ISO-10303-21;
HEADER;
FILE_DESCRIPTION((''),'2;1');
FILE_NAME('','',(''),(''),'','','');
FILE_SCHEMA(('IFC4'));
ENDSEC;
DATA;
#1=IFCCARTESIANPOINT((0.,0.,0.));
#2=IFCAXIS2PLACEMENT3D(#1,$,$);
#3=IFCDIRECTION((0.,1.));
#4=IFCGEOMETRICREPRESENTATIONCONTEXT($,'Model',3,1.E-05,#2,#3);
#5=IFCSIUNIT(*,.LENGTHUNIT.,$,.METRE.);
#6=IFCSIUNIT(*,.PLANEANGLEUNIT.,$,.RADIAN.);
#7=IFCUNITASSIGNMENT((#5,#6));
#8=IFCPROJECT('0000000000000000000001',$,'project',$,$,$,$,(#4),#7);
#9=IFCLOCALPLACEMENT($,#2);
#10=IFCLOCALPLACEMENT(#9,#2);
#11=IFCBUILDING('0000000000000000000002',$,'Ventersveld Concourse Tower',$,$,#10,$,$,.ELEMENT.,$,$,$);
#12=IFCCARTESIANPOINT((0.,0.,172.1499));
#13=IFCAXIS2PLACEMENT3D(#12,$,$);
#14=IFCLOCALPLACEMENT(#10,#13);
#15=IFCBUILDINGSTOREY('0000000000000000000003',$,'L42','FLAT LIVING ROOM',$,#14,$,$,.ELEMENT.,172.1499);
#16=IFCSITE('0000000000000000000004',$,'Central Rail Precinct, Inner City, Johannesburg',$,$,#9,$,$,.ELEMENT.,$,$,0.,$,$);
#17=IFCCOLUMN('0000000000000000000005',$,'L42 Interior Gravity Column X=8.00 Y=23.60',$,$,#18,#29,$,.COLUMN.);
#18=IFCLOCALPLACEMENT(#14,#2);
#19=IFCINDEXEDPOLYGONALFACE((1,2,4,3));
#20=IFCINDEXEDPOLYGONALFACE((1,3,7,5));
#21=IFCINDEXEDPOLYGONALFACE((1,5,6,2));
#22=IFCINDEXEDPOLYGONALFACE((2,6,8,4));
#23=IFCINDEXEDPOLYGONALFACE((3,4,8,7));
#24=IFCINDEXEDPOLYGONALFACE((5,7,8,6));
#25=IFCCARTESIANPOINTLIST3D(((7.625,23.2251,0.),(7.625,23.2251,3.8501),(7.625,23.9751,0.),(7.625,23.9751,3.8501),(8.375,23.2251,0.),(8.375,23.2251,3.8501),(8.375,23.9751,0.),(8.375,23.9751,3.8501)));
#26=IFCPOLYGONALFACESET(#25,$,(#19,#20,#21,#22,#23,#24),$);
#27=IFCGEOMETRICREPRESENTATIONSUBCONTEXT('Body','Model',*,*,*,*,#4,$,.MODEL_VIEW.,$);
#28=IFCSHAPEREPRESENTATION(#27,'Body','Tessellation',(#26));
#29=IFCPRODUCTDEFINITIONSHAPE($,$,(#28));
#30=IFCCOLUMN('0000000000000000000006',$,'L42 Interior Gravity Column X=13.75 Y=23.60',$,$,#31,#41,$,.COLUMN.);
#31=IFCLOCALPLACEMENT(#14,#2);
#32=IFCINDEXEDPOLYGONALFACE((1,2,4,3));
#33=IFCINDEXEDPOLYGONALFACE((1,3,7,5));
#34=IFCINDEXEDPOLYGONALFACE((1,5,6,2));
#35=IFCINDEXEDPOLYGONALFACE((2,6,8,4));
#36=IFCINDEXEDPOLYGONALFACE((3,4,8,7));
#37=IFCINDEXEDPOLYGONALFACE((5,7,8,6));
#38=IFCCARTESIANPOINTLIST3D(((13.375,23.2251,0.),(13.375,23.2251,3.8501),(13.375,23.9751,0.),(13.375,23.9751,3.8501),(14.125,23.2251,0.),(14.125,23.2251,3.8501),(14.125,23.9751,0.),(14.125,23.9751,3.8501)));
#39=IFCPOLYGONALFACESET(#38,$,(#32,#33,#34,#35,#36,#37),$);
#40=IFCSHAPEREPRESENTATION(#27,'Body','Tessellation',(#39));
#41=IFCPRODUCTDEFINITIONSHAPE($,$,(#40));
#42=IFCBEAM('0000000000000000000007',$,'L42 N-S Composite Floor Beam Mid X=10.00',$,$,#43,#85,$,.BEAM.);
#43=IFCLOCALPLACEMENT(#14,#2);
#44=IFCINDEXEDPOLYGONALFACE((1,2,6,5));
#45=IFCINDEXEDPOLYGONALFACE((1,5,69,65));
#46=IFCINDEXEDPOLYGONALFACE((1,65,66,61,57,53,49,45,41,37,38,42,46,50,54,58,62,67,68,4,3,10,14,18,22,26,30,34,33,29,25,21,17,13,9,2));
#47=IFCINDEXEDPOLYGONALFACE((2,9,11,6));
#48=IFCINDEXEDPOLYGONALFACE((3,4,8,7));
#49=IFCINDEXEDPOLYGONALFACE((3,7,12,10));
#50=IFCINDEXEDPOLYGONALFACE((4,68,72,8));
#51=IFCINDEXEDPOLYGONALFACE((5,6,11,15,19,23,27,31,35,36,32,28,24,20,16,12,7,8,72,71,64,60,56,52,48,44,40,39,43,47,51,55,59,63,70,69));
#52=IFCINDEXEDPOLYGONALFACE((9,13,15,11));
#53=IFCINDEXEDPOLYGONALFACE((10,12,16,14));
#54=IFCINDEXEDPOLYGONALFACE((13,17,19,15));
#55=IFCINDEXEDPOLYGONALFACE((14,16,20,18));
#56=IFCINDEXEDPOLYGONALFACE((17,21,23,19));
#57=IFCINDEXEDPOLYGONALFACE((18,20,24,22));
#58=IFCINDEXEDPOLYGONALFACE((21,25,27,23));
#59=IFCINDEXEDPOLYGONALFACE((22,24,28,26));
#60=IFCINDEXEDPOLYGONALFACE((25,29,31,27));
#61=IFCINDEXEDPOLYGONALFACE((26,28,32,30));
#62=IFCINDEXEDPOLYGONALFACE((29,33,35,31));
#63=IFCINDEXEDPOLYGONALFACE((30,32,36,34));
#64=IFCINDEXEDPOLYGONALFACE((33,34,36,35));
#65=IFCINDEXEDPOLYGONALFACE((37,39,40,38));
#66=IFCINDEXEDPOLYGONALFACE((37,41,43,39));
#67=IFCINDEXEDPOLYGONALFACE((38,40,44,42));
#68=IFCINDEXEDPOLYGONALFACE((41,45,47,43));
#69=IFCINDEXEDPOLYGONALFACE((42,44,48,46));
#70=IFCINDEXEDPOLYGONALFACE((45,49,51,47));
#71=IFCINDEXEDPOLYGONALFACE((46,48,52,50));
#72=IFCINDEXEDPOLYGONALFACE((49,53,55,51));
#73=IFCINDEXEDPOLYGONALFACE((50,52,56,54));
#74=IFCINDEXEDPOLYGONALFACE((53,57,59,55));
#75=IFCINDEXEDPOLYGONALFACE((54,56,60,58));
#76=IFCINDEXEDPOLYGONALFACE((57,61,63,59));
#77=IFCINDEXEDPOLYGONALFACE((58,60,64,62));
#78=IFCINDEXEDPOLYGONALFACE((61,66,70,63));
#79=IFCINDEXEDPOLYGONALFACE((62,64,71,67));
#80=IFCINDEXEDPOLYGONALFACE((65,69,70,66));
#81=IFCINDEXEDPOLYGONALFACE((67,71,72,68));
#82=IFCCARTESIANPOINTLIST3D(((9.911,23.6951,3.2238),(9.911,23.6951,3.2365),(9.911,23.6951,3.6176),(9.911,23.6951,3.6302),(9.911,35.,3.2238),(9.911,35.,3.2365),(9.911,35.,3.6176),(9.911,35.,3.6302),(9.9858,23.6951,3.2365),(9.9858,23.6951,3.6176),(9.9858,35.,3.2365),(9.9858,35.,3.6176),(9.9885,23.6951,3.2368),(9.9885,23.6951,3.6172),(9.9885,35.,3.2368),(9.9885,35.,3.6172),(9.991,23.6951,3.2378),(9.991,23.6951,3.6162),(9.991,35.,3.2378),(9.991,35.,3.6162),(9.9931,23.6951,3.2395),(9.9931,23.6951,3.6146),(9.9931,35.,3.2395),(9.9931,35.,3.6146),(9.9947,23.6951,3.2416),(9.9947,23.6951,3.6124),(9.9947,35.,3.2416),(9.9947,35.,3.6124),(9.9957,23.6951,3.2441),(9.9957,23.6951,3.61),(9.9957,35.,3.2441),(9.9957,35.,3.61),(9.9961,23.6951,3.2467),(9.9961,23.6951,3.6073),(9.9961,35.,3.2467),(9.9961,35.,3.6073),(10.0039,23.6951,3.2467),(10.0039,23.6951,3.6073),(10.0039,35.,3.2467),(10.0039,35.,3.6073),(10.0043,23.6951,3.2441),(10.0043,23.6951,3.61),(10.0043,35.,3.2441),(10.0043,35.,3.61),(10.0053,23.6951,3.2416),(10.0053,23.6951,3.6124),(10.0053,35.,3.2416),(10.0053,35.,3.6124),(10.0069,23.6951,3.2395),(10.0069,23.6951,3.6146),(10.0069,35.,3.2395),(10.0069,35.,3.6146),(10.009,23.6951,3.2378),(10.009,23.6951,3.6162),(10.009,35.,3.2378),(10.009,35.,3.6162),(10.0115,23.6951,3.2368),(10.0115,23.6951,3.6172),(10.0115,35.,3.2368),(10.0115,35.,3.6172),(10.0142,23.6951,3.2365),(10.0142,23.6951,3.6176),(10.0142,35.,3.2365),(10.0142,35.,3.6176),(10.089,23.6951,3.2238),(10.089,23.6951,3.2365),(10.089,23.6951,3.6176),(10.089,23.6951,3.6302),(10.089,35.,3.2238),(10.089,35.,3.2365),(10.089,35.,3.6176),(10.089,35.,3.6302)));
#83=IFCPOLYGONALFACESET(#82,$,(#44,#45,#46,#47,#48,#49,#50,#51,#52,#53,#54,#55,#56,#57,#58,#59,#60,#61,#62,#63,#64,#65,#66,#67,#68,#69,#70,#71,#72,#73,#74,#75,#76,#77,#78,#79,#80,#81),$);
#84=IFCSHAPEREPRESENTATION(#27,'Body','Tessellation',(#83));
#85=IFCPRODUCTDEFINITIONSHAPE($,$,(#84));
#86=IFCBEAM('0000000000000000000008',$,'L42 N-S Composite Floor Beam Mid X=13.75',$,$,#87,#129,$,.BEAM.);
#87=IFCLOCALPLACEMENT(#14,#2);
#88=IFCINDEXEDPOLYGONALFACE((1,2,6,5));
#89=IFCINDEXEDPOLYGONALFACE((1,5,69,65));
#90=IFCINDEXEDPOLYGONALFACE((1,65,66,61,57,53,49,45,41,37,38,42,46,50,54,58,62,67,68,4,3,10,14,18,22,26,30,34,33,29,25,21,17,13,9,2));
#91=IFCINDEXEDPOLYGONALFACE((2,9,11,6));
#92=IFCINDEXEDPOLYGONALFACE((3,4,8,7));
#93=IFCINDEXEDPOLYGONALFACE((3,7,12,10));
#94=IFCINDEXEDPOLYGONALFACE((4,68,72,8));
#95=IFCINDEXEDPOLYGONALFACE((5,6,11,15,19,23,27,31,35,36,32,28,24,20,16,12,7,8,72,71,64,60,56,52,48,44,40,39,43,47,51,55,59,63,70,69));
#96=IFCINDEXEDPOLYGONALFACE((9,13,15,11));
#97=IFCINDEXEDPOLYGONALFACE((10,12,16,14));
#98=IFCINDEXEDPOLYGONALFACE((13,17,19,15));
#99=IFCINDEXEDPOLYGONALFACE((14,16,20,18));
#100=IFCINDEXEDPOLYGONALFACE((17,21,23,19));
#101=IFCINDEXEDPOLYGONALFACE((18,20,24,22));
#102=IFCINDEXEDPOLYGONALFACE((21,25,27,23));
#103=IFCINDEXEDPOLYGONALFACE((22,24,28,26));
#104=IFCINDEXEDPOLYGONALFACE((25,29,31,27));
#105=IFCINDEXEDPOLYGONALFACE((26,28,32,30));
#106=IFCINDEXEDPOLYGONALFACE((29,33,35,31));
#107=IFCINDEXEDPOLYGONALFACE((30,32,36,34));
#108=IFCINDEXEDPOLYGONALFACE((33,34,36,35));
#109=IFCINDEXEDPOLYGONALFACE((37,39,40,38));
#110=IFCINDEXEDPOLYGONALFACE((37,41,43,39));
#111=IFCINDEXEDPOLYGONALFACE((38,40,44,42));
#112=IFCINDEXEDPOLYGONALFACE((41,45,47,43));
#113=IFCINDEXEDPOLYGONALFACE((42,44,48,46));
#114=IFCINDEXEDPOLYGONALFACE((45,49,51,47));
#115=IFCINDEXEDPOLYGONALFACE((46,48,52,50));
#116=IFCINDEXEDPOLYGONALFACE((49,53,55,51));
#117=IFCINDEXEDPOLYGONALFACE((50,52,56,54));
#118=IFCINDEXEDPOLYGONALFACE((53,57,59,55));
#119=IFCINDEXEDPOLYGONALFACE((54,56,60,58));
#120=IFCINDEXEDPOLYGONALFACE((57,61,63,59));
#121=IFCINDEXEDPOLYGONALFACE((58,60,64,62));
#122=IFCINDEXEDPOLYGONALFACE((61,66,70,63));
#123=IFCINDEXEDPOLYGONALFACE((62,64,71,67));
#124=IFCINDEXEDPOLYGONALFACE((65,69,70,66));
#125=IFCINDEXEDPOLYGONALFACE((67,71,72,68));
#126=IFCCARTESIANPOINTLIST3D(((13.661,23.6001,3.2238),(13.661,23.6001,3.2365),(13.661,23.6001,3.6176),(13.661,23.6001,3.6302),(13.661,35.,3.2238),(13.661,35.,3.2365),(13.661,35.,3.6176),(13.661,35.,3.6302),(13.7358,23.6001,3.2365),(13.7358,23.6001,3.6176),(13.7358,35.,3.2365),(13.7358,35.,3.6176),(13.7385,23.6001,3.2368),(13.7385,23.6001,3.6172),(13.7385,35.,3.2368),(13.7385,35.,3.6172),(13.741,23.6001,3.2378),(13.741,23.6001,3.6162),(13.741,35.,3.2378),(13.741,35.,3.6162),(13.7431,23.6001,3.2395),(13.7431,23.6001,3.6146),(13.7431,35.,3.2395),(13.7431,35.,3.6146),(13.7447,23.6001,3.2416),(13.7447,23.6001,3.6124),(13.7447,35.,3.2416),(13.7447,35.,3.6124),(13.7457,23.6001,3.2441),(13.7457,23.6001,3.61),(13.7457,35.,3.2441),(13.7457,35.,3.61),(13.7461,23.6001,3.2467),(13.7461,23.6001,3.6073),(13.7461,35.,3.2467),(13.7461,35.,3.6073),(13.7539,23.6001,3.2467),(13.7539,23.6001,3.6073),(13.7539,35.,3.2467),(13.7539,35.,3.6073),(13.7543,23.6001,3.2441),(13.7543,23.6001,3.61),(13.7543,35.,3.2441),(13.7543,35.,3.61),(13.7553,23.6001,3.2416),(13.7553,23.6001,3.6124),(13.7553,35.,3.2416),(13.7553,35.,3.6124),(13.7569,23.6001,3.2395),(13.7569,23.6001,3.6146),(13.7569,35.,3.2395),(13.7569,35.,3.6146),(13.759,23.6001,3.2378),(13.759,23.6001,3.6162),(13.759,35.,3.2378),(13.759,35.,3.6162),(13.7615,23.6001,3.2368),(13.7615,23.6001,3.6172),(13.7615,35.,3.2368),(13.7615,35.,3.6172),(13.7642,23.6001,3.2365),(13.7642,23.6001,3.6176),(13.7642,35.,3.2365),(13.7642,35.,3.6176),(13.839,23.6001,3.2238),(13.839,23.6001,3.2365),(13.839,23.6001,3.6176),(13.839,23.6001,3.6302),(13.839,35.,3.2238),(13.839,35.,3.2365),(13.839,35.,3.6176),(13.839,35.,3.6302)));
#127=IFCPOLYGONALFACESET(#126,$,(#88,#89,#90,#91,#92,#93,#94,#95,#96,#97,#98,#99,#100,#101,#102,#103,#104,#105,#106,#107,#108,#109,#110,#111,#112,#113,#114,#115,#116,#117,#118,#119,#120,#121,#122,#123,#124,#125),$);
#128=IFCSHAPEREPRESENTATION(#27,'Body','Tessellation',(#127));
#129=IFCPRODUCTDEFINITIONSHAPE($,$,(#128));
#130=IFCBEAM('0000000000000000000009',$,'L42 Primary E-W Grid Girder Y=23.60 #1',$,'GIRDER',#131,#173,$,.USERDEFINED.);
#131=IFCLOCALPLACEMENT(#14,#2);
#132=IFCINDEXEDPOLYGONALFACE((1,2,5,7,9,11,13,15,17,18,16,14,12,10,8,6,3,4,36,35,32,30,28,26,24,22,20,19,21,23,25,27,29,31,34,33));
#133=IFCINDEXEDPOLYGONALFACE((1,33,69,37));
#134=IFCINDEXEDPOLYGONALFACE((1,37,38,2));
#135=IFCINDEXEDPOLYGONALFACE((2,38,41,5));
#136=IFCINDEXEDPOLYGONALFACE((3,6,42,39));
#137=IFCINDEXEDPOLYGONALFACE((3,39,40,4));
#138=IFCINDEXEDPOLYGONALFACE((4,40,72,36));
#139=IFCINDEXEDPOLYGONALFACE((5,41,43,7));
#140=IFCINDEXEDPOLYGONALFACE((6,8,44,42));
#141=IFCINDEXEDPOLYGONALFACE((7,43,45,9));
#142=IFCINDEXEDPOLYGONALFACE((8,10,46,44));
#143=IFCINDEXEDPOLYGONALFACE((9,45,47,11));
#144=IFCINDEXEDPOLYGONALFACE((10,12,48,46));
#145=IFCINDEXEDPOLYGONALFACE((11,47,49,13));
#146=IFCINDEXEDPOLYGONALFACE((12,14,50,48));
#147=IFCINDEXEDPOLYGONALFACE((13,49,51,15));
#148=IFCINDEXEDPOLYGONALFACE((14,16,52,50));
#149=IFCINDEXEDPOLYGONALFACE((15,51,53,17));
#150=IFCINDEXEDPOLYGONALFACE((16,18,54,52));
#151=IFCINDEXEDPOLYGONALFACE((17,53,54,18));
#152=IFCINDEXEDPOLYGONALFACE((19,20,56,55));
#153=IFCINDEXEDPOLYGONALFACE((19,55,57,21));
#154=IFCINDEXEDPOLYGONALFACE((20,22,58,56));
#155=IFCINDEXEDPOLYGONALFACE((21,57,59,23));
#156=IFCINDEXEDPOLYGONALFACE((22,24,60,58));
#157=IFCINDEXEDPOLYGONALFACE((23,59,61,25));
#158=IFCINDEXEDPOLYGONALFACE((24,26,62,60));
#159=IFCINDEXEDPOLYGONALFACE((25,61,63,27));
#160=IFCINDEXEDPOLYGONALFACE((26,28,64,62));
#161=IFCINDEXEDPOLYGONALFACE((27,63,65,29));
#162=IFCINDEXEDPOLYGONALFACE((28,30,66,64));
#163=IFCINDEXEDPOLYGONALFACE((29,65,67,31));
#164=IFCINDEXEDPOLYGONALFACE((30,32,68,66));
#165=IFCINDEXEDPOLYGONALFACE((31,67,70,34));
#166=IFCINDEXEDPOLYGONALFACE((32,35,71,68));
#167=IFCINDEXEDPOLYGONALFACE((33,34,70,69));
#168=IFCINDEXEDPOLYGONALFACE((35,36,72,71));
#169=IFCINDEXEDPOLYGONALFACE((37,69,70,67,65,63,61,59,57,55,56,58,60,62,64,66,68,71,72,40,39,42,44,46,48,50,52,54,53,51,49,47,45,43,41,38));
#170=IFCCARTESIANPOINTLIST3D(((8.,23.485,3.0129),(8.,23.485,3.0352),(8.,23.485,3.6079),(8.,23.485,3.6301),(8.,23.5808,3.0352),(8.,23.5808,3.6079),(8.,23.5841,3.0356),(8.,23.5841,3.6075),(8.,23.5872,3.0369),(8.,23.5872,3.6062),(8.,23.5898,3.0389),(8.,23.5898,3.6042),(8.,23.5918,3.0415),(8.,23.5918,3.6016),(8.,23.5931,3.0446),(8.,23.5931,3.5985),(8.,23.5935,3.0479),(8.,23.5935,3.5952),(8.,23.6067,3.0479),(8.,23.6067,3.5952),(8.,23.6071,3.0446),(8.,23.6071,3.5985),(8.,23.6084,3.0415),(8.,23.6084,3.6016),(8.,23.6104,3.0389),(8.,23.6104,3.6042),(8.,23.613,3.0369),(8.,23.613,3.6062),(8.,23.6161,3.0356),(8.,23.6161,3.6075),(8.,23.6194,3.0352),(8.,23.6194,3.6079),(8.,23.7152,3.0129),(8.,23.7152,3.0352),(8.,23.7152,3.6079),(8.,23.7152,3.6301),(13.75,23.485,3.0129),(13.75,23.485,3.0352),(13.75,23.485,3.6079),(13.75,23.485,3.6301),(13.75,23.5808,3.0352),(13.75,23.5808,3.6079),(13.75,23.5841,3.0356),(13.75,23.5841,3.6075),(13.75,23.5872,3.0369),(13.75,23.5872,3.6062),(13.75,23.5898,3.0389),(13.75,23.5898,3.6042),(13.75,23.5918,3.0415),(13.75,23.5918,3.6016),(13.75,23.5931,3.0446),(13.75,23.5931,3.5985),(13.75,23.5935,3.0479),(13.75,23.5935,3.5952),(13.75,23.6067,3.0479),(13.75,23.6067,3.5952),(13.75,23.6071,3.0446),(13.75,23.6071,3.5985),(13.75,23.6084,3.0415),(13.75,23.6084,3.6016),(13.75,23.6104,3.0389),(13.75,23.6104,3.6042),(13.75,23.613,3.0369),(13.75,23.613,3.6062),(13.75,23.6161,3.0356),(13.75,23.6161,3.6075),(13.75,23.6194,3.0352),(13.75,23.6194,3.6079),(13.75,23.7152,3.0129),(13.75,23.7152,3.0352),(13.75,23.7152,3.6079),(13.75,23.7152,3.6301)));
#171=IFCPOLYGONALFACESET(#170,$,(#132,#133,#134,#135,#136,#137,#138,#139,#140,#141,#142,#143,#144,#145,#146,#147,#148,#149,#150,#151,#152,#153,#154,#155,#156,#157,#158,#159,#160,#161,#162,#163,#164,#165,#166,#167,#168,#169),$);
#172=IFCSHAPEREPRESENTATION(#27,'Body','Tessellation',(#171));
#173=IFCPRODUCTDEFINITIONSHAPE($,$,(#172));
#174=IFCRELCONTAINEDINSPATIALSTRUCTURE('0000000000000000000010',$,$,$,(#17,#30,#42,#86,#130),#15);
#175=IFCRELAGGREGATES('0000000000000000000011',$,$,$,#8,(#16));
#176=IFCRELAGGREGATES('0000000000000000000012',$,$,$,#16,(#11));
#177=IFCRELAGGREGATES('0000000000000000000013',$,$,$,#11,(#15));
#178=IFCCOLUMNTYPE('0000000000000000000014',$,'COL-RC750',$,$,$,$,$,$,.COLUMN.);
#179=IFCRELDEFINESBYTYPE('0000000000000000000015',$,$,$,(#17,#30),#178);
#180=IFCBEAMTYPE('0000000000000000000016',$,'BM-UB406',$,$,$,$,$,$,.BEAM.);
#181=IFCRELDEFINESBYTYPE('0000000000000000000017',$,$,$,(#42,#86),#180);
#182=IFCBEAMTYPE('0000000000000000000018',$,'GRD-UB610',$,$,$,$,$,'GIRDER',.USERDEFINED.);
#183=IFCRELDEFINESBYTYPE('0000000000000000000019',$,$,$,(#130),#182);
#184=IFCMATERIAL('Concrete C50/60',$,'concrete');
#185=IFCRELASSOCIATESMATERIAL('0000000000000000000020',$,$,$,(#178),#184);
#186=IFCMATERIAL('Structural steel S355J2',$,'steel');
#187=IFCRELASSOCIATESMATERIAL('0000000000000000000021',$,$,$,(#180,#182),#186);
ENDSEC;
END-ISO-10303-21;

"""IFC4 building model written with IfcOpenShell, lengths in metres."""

from ifc_helpers import new_model, si_unit, direction, frame, origin, origin_2d, place, context, subcontext, project, spatial, rectangle, i_section, extrude, material, material_profile, profile_set, type_object, element, save


model = new_model("IFC4")

# Units and contexts
model_context = context("Model", 3, precision=1e-05, world=origin(), true_north=direction((0.0, 1.0)))
body_context = subcontext(model_context, "Body", "Model", "MODEL_VIEW")
ifc_project = project(units=[si_unit("LENGTHUNIT", "METRE"), si_unit("PLANEANGLEUNIT", "RADIAN")], contexts=[model_context])

# Site, building, storey
site_placement = place(None, origin())
site = spatial("IfcSite", under=ifc_project, at=site_placement, Name="Central Rail Precinct, Inner City, Johannesburg", CompositionType="ELEMENT", RefElevation=0.0)
building_placement = place(site_placement, origin())
building = spatial("IfcBuilding", under=site, at=building_placement, Name="Ventersveld Concourse Tower", CompositionType="ELEMENT")
storey_placement = place(building_placement, frame((0.0, 0.0, 172.1499)))
storey = spatial("IfcBuildingStorey", under=building, at=storey_placement, Name="L42", Description="FLAT LIVING ROOM", CompositionType="ELEMENT", Elevation=172.1499)

# Columns
ifc_material_1 = material(Name="Concrete C50/60", Category="concrete")
ifc_material_profile_1 = material_profile(ifc_material_1, rectangle(XDim=0.75, YDim=0.75, at=origin_2d()), Name="RC 750x750")
ifc_profile_set_1 = profile_set([ifc_material_profile_1], Name="Concrete C50/60")
column_type = type_object("IfcColumnType", Name="COL-RC750", PredefinedType="COLUMN", material=ifc_profile_set_1)
for number, where, z_axis, x_axis, name in (
    (1, (8.0, 23.6001, 0.0), (0.0, 0.0, 1.0), (1.0, 0.0, 0.0), "L42 Interior Gravity Column X=8.00 Y=23.60"),
    (2, (13.75, 23.6001, 0.0), (0.0, 0.0, 1.0), (1.0, 0.0, 0.0), "L42 Interior Gravity Column X=13.75 Y=23.60"),
):
    element("IfcColumn", number, at=place(storey_placement, frame(where, z_axis=z_axis, x_axis=x_axis)), inside=storey, type_object=column_type, Name=name, PredefinedType="COLUMN", context=body_context, shape_type="SweptSolid", body=[
        extrude(rectangle(XDim=0.75, YDim=0.75, at=origin_2d()), origin(), (0.0, 0.0, 1.0), 3.8501),
    ])

# Beams
ifc_material_2 = material(Name="Structural steel S355J2", Category="steel")
ifc_material_profile_2 = material_profile(ifc_material_2, i_section(OverallWidth=0.178, OverallDepth=0.4065, WebThickness=0.0078, FlangeThickness=0.0127, FilletRadius=0.0103, at=origin_2d()), Name="UB 406x178x60")
ifc_profile_set_2 = profile_set([ifc_material_profile_2], Name="Structural steel S355J2")
beam_type_1 = type_object("IfcBeamType", Name="BM-UB406", PredefinedType="BEAM", material=ifc_profile_set_2)
beam_1_placement = place(storey_placement, frame((10.0, 23.6951, 3.427), z_axis=(0.0, 1.0, 0.0), x_axis=(-1.0, 0.0, 0.0)))
element("IfcBeam", 3, at=beam_1_placement, inside=storey, type_object=beam_type_1, Name="L42 N-S Composite Floor Beam Mid X=10.00", PredefinedType="BEAM", context=body_context, shape_type="SweptSolid", body=[
    extrude(i_section(OverallWidth=0.178, OverallDepth=0.4065, WebThickness=0.0078, FlangeThickness=0.0127, FilletRadius=0.0103, at=origin_2d()), origin(), (0.0, 0.0, 1.0), 11.3049),
])
beam_2_placement = place(storey_placement, frame((13.75, 23.6001, 3.427), z_axis=(0.0, 1.0, 0.0), x_axis=(-1.0, 0.0, 0.0)))
element("IfcBeam", 4, at=beam_2_placement, inside=storey, type_object=beam_type_1, Name="L42 N-S Composite Floor Beam Mid X=13.75", PredefinedType="BEAM", context=body_context, shape_type="SweptSolid", body=[
    extrude(i_section(OverallWidth=0.178, OverallDepth=0.4065, WebThickness=0.0078, FlangeThickness=0.0127, FilletRadius=0.0103, at=origin_2d()), origin(), (0.0, 0.0, 1.0), 11.3999),
])
ifc_material_profile_3 = material_profile(ifc_material_2, i_section(OverallWidth=0.2302, OverallDepth=0.6172, WebThickness=0.0132, FlangeThickness=0.0222, FilletRadius=0.0127, at=origin_2d()), Name="UB 610x229x140")
ifc_profile_set_3 = profile_set([ifc_material_profile_3], Name="Structural steel S355J2")
beam_type_2 = type_object("IfcBeamType", Name="GRD-UB610", ElementType="GIRDER", PredefinedType="USERDEFINED", material=ifc_profile_set_3)
beam_3_placement = place(storey_placement, frame((8.0, 23.6001, 3.3215), z_axis=(1.0, 0.0, 0.0), x_axis=(0.0, 1.0, 0.0)))
element("IfcBeam", 5, at=beam_3_placement, inside=storey, type_object=beam_type_2, Name="L42 Primary E-W Grid Girder Y=23.60 #1", ObjectType="GIRDER", PredefinedType="USERDEFINED", context=body_context, shape_type="SweptSolid", body=[
    extrude(i_section(OverallWidth=0.2302, OverallDepth=0.6172, WebThickness=0.0132, FlangeThickness=0.0222, FilletRadius=0.0127, at=origin_2d()), origin(), (0.0, 0.0, 1.0), 5.75),
])

save(model, "model.ifc")
